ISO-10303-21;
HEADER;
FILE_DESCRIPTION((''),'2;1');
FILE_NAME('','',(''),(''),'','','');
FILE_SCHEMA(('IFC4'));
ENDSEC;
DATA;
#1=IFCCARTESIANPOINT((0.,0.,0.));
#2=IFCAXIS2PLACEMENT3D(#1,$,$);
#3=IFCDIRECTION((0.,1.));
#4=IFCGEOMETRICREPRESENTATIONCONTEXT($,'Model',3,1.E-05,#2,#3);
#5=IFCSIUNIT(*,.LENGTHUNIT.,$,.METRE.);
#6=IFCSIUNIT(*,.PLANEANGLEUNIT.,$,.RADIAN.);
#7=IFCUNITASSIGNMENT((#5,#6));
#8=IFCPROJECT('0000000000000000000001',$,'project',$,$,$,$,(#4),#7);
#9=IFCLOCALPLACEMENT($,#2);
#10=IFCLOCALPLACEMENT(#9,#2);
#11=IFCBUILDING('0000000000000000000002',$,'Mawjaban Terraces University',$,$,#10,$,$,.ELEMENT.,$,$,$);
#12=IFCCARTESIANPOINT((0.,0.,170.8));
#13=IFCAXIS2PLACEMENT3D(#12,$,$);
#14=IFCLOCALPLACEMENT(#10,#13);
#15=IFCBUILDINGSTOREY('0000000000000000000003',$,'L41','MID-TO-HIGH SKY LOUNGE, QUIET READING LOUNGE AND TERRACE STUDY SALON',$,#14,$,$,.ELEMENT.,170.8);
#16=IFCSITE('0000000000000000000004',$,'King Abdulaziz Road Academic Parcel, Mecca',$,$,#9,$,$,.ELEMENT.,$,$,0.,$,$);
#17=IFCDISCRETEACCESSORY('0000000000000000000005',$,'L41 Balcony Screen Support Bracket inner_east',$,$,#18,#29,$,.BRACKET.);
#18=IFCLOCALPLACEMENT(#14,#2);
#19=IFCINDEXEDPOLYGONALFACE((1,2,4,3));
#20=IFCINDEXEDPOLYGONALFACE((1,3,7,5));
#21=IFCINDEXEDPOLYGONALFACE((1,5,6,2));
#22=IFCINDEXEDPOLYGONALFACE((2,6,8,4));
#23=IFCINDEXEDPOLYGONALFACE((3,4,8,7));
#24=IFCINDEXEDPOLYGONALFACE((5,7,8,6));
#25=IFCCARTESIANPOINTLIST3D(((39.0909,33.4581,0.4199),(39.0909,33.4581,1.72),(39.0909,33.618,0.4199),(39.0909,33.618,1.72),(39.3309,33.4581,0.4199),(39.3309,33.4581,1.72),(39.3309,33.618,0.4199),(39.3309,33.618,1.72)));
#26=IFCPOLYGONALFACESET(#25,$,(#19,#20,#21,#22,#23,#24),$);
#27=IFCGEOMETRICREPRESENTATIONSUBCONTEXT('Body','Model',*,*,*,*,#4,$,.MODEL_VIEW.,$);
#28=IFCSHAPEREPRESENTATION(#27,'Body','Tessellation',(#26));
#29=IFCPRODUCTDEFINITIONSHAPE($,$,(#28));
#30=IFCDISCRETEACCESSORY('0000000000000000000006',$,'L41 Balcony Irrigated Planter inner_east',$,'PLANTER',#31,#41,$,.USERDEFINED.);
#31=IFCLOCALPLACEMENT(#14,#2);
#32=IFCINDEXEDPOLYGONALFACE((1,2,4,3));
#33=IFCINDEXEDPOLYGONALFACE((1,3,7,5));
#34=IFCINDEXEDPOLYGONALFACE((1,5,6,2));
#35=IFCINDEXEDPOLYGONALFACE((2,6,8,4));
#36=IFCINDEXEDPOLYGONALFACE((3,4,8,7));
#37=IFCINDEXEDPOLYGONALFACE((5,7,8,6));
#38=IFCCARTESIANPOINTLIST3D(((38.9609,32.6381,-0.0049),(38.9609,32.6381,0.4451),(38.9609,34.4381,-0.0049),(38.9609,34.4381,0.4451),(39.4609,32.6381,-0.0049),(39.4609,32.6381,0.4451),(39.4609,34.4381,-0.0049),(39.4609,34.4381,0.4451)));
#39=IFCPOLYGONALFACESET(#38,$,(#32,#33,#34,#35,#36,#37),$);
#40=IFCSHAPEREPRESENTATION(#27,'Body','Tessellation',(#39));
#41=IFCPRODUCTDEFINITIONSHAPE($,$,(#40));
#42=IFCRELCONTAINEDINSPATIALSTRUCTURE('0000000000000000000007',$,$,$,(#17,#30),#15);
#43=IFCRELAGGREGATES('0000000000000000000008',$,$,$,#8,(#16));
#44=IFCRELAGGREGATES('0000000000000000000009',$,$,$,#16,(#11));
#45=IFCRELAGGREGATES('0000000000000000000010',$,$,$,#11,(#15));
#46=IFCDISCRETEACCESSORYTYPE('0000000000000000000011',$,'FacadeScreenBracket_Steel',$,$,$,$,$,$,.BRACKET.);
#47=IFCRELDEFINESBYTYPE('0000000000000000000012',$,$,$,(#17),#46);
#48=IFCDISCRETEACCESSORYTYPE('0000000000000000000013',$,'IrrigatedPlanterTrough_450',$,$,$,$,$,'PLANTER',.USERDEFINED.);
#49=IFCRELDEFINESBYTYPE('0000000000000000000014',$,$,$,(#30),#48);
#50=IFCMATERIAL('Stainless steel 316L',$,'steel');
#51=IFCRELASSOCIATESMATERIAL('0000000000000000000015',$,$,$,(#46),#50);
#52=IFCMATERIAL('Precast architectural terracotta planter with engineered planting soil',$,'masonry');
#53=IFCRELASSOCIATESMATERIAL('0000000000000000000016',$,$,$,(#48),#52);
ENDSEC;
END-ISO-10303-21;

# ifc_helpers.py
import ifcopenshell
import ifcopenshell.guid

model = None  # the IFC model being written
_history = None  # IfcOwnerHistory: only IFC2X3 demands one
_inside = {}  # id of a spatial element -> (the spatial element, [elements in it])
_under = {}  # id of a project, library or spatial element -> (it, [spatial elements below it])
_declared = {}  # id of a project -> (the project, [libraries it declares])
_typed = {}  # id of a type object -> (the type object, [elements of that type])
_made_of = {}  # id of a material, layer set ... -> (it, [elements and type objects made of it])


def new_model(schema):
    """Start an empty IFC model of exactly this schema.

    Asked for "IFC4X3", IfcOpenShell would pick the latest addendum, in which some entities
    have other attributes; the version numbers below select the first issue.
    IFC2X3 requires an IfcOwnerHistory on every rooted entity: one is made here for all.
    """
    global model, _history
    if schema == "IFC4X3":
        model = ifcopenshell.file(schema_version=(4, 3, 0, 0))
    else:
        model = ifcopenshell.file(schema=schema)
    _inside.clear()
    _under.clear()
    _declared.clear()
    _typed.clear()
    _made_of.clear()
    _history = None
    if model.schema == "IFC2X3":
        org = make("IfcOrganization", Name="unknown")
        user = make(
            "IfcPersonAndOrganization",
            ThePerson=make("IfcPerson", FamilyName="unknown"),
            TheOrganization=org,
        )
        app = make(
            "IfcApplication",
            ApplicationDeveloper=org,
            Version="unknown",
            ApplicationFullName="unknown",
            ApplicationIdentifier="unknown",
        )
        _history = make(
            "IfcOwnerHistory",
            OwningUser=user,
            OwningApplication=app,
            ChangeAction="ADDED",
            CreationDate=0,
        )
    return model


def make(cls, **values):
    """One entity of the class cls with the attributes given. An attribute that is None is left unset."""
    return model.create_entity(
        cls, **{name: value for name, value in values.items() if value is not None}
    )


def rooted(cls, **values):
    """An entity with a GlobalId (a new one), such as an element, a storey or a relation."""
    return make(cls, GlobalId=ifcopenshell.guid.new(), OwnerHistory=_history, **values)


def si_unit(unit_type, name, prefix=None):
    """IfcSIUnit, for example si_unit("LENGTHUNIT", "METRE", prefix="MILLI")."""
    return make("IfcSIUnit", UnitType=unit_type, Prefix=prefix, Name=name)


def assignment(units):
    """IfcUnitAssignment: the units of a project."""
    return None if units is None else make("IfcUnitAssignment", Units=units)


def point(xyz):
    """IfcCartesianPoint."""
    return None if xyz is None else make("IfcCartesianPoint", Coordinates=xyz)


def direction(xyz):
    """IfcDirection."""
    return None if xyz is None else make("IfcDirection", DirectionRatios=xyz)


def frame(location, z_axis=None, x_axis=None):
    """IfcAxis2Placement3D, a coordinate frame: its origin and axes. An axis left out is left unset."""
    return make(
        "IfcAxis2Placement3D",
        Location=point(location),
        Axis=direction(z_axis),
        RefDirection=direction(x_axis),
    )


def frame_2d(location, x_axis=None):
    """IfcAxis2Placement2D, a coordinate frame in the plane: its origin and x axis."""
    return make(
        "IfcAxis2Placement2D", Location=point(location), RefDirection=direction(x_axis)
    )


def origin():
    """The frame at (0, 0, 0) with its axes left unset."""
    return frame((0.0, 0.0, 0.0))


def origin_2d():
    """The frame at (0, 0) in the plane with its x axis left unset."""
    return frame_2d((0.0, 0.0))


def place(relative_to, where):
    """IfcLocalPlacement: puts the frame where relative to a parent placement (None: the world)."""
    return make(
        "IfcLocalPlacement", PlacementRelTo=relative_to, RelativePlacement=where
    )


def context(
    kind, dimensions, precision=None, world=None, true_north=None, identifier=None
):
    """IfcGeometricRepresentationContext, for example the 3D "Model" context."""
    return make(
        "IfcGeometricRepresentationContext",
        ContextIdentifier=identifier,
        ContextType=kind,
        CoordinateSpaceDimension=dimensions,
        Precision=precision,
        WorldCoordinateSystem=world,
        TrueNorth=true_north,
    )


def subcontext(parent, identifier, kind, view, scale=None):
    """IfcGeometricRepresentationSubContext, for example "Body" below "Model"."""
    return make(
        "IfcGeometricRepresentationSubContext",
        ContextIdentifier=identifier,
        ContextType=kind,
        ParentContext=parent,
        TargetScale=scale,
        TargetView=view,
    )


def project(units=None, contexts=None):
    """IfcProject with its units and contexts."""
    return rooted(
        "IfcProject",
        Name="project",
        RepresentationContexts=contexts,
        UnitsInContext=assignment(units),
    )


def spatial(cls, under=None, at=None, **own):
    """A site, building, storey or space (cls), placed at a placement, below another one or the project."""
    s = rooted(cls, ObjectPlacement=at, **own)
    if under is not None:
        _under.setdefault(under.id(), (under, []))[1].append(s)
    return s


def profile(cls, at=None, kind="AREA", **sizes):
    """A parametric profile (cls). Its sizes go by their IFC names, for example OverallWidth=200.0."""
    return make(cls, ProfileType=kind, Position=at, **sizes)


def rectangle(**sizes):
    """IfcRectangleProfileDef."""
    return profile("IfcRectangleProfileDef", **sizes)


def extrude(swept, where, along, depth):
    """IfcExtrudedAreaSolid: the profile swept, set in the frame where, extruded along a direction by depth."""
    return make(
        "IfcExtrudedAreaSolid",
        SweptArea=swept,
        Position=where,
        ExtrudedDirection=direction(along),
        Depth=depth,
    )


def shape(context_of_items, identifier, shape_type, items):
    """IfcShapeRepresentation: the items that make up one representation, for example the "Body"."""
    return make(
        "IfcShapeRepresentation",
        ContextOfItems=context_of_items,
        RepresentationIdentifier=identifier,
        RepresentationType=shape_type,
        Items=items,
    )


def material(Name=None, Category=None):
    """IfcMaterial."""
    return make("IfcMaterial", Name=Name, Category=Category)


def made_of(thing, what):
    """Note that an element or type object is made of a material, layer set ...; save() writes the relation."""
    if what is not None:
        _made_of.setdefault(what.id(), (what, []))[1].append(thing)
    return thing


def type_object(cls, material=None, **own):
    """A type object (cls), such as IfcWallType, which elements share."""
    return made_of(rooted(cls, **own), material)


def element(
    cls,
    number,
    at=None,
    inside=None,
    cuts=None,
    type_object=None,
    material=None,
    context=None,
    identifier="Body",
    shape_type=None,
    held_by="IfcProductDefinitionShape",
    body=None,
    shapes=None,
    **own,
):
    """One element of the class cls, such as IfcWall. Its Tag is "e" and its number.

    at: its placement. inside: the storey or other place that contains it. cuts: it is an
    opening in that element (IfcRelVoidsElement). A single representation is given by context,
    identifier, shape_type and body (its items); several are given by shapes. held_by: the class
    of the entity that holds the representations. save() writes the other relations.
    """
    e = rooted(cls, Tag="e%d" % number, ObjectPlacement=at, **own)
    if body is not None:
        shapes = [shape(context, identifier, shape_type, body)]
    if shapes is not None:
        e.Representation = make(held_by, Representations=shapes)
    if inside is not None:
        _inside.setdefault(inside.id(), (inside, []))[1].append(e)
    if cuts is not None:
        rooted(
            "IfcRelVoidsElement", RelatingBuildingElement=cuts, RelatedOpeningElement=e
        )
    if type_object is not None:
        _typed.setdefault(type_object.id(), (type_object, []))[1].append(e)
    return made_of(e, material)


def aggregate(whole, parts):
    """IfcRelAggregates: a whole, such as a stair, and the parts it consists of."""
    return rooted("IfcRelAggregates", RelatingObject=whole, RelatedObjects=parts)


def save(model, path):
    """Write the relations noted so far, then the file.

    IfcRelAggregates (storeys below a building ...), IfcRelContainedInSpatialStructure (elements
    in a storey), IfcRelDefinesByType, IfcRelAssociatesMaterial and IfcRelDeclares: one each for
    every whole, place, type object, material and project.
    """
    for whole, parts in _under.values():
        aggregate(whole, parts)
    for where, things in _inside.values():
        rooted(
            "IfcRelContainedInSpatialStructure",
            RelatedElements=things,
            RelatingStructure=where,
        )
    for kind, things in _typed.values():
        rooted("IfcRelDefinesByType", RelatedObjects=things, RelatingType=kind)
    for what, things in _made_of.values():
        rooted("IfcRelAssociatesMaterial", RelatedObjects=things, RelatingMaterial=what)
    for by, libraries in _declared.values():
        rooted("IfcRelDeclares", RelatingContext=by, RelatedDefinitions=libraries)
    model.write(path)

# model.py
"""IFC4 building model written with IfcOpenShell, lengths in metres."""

from ifc_helpers import new_model, si_unit, direction, frame, origin, origin_2d, place, context, subcontext, project, spatial, rectangle, extrude, material, type_object, element, save


model = new_model("IFC4")

# Units and contexts
model_context = context("Model", 3, precision=1e-05, world=origin(), true_north=direction((0.0, 1.0)))
body_context = subcontext(model_context, "Body", "Model", "MODEL_VIEW")
ifc_project = project(units=[si_unit("LENGTHUNIT", "METRE"), si_unit("PLANEANGLEUNIT", "RADIAN")], contexts=[model_context])

# Site, building, storey
site_placement = place(None, origin())
site = spatial("IfcSite", under=ifc_project, at=site_placement, Name="King Abdulaziz Road Academic Parcel, Mecca", CompositionType="ELEMENT", RefElevation=0.0)
building_placement = place(site_placement, origin())
building = spatial("IfcBuilding", under=site, at=building_placement, Name="Mawjaban Terraces University", CompositionType="ELEMENT")
storey_placement = place(building_placement, frame((0.0, 0.0, 170.8)))
storey = spatial("IfcBuildingStorey", under=building, at=storey_placement, Name="L41", Description="MID-TO-HIGH SKY LOUNGE, QUIET READING LOUNGE AND TERRACE STUDY SALON", CompositionType="ELEMENT", Elevation=170.8)

# Discrete accessories
ifc_material_1 = material(Name="Stainless steel 316L", Category="steel")
discrete_accessory_type_1 = type_object("IfcDiscreteAccessoryType", Name="FacadeScreenBracket_Steel", PredefinedType="BRACKET", material=ifc_material_1)
discrete_accessory_1_placement = place(storey_placement, frame((39.2109, 33.5381, 0.4199), z_axis=(0.0, 0.0, 1.0), x_axis=(0.0, 1.0, 0.0)))
element("IfcDiscreteAccessory", 1, at=discrete_accessory_1_placement, inside=storey, type_object=discrete_accessory_type_1, Name="L41 Balcony Screen Support Bracket inner_east", PredefinedType="BRACKET", context=body_context, shape_type="SweptSolid", body=[
    extrude(rectangle(XDim=0.1599, YDim=0.24, at=origin_2d()), origin(), (0.0, 0.0, 1.0), 1.3),
])
ifc_material_2 = material(Name="Precast architectural terracotta planter with engineered planting soil", Category="masonry")
discrete_accessory_type_2 = type_object("IfcDiscreteAccessoryType", Name="IrrigatedPlanterTrough_450", ElementType="PLANTER", PredefinedType="USERDEFINED", material=ifc_material_2)
discrete_accessory_2_placement = place(storey_placement, frame((39.2109, 33.5381, -0.0049), z_axis=(0.0, 0.0, 1.0), x_axis=(0.0, 1.0, 0.0)))
element("IfcDiscreteAccessory", 2, at=discrete_accessory_2_placement, inside=storey, type_object=discrete_accessory_type_2, Name="L41 Balcony Irrigated Planter inner_east", ObjectType="PLANTER", PredefinedType="USERDEFINED", context=body_context, shape_type="SweptSolid", body=[
    extrude(rectangle(XDim=1.8, YDim=0.5, at=origin_2d()), origin(), (0.0, 0.0, 1.0), 0.45),
])

save(model, "model.ifc")
